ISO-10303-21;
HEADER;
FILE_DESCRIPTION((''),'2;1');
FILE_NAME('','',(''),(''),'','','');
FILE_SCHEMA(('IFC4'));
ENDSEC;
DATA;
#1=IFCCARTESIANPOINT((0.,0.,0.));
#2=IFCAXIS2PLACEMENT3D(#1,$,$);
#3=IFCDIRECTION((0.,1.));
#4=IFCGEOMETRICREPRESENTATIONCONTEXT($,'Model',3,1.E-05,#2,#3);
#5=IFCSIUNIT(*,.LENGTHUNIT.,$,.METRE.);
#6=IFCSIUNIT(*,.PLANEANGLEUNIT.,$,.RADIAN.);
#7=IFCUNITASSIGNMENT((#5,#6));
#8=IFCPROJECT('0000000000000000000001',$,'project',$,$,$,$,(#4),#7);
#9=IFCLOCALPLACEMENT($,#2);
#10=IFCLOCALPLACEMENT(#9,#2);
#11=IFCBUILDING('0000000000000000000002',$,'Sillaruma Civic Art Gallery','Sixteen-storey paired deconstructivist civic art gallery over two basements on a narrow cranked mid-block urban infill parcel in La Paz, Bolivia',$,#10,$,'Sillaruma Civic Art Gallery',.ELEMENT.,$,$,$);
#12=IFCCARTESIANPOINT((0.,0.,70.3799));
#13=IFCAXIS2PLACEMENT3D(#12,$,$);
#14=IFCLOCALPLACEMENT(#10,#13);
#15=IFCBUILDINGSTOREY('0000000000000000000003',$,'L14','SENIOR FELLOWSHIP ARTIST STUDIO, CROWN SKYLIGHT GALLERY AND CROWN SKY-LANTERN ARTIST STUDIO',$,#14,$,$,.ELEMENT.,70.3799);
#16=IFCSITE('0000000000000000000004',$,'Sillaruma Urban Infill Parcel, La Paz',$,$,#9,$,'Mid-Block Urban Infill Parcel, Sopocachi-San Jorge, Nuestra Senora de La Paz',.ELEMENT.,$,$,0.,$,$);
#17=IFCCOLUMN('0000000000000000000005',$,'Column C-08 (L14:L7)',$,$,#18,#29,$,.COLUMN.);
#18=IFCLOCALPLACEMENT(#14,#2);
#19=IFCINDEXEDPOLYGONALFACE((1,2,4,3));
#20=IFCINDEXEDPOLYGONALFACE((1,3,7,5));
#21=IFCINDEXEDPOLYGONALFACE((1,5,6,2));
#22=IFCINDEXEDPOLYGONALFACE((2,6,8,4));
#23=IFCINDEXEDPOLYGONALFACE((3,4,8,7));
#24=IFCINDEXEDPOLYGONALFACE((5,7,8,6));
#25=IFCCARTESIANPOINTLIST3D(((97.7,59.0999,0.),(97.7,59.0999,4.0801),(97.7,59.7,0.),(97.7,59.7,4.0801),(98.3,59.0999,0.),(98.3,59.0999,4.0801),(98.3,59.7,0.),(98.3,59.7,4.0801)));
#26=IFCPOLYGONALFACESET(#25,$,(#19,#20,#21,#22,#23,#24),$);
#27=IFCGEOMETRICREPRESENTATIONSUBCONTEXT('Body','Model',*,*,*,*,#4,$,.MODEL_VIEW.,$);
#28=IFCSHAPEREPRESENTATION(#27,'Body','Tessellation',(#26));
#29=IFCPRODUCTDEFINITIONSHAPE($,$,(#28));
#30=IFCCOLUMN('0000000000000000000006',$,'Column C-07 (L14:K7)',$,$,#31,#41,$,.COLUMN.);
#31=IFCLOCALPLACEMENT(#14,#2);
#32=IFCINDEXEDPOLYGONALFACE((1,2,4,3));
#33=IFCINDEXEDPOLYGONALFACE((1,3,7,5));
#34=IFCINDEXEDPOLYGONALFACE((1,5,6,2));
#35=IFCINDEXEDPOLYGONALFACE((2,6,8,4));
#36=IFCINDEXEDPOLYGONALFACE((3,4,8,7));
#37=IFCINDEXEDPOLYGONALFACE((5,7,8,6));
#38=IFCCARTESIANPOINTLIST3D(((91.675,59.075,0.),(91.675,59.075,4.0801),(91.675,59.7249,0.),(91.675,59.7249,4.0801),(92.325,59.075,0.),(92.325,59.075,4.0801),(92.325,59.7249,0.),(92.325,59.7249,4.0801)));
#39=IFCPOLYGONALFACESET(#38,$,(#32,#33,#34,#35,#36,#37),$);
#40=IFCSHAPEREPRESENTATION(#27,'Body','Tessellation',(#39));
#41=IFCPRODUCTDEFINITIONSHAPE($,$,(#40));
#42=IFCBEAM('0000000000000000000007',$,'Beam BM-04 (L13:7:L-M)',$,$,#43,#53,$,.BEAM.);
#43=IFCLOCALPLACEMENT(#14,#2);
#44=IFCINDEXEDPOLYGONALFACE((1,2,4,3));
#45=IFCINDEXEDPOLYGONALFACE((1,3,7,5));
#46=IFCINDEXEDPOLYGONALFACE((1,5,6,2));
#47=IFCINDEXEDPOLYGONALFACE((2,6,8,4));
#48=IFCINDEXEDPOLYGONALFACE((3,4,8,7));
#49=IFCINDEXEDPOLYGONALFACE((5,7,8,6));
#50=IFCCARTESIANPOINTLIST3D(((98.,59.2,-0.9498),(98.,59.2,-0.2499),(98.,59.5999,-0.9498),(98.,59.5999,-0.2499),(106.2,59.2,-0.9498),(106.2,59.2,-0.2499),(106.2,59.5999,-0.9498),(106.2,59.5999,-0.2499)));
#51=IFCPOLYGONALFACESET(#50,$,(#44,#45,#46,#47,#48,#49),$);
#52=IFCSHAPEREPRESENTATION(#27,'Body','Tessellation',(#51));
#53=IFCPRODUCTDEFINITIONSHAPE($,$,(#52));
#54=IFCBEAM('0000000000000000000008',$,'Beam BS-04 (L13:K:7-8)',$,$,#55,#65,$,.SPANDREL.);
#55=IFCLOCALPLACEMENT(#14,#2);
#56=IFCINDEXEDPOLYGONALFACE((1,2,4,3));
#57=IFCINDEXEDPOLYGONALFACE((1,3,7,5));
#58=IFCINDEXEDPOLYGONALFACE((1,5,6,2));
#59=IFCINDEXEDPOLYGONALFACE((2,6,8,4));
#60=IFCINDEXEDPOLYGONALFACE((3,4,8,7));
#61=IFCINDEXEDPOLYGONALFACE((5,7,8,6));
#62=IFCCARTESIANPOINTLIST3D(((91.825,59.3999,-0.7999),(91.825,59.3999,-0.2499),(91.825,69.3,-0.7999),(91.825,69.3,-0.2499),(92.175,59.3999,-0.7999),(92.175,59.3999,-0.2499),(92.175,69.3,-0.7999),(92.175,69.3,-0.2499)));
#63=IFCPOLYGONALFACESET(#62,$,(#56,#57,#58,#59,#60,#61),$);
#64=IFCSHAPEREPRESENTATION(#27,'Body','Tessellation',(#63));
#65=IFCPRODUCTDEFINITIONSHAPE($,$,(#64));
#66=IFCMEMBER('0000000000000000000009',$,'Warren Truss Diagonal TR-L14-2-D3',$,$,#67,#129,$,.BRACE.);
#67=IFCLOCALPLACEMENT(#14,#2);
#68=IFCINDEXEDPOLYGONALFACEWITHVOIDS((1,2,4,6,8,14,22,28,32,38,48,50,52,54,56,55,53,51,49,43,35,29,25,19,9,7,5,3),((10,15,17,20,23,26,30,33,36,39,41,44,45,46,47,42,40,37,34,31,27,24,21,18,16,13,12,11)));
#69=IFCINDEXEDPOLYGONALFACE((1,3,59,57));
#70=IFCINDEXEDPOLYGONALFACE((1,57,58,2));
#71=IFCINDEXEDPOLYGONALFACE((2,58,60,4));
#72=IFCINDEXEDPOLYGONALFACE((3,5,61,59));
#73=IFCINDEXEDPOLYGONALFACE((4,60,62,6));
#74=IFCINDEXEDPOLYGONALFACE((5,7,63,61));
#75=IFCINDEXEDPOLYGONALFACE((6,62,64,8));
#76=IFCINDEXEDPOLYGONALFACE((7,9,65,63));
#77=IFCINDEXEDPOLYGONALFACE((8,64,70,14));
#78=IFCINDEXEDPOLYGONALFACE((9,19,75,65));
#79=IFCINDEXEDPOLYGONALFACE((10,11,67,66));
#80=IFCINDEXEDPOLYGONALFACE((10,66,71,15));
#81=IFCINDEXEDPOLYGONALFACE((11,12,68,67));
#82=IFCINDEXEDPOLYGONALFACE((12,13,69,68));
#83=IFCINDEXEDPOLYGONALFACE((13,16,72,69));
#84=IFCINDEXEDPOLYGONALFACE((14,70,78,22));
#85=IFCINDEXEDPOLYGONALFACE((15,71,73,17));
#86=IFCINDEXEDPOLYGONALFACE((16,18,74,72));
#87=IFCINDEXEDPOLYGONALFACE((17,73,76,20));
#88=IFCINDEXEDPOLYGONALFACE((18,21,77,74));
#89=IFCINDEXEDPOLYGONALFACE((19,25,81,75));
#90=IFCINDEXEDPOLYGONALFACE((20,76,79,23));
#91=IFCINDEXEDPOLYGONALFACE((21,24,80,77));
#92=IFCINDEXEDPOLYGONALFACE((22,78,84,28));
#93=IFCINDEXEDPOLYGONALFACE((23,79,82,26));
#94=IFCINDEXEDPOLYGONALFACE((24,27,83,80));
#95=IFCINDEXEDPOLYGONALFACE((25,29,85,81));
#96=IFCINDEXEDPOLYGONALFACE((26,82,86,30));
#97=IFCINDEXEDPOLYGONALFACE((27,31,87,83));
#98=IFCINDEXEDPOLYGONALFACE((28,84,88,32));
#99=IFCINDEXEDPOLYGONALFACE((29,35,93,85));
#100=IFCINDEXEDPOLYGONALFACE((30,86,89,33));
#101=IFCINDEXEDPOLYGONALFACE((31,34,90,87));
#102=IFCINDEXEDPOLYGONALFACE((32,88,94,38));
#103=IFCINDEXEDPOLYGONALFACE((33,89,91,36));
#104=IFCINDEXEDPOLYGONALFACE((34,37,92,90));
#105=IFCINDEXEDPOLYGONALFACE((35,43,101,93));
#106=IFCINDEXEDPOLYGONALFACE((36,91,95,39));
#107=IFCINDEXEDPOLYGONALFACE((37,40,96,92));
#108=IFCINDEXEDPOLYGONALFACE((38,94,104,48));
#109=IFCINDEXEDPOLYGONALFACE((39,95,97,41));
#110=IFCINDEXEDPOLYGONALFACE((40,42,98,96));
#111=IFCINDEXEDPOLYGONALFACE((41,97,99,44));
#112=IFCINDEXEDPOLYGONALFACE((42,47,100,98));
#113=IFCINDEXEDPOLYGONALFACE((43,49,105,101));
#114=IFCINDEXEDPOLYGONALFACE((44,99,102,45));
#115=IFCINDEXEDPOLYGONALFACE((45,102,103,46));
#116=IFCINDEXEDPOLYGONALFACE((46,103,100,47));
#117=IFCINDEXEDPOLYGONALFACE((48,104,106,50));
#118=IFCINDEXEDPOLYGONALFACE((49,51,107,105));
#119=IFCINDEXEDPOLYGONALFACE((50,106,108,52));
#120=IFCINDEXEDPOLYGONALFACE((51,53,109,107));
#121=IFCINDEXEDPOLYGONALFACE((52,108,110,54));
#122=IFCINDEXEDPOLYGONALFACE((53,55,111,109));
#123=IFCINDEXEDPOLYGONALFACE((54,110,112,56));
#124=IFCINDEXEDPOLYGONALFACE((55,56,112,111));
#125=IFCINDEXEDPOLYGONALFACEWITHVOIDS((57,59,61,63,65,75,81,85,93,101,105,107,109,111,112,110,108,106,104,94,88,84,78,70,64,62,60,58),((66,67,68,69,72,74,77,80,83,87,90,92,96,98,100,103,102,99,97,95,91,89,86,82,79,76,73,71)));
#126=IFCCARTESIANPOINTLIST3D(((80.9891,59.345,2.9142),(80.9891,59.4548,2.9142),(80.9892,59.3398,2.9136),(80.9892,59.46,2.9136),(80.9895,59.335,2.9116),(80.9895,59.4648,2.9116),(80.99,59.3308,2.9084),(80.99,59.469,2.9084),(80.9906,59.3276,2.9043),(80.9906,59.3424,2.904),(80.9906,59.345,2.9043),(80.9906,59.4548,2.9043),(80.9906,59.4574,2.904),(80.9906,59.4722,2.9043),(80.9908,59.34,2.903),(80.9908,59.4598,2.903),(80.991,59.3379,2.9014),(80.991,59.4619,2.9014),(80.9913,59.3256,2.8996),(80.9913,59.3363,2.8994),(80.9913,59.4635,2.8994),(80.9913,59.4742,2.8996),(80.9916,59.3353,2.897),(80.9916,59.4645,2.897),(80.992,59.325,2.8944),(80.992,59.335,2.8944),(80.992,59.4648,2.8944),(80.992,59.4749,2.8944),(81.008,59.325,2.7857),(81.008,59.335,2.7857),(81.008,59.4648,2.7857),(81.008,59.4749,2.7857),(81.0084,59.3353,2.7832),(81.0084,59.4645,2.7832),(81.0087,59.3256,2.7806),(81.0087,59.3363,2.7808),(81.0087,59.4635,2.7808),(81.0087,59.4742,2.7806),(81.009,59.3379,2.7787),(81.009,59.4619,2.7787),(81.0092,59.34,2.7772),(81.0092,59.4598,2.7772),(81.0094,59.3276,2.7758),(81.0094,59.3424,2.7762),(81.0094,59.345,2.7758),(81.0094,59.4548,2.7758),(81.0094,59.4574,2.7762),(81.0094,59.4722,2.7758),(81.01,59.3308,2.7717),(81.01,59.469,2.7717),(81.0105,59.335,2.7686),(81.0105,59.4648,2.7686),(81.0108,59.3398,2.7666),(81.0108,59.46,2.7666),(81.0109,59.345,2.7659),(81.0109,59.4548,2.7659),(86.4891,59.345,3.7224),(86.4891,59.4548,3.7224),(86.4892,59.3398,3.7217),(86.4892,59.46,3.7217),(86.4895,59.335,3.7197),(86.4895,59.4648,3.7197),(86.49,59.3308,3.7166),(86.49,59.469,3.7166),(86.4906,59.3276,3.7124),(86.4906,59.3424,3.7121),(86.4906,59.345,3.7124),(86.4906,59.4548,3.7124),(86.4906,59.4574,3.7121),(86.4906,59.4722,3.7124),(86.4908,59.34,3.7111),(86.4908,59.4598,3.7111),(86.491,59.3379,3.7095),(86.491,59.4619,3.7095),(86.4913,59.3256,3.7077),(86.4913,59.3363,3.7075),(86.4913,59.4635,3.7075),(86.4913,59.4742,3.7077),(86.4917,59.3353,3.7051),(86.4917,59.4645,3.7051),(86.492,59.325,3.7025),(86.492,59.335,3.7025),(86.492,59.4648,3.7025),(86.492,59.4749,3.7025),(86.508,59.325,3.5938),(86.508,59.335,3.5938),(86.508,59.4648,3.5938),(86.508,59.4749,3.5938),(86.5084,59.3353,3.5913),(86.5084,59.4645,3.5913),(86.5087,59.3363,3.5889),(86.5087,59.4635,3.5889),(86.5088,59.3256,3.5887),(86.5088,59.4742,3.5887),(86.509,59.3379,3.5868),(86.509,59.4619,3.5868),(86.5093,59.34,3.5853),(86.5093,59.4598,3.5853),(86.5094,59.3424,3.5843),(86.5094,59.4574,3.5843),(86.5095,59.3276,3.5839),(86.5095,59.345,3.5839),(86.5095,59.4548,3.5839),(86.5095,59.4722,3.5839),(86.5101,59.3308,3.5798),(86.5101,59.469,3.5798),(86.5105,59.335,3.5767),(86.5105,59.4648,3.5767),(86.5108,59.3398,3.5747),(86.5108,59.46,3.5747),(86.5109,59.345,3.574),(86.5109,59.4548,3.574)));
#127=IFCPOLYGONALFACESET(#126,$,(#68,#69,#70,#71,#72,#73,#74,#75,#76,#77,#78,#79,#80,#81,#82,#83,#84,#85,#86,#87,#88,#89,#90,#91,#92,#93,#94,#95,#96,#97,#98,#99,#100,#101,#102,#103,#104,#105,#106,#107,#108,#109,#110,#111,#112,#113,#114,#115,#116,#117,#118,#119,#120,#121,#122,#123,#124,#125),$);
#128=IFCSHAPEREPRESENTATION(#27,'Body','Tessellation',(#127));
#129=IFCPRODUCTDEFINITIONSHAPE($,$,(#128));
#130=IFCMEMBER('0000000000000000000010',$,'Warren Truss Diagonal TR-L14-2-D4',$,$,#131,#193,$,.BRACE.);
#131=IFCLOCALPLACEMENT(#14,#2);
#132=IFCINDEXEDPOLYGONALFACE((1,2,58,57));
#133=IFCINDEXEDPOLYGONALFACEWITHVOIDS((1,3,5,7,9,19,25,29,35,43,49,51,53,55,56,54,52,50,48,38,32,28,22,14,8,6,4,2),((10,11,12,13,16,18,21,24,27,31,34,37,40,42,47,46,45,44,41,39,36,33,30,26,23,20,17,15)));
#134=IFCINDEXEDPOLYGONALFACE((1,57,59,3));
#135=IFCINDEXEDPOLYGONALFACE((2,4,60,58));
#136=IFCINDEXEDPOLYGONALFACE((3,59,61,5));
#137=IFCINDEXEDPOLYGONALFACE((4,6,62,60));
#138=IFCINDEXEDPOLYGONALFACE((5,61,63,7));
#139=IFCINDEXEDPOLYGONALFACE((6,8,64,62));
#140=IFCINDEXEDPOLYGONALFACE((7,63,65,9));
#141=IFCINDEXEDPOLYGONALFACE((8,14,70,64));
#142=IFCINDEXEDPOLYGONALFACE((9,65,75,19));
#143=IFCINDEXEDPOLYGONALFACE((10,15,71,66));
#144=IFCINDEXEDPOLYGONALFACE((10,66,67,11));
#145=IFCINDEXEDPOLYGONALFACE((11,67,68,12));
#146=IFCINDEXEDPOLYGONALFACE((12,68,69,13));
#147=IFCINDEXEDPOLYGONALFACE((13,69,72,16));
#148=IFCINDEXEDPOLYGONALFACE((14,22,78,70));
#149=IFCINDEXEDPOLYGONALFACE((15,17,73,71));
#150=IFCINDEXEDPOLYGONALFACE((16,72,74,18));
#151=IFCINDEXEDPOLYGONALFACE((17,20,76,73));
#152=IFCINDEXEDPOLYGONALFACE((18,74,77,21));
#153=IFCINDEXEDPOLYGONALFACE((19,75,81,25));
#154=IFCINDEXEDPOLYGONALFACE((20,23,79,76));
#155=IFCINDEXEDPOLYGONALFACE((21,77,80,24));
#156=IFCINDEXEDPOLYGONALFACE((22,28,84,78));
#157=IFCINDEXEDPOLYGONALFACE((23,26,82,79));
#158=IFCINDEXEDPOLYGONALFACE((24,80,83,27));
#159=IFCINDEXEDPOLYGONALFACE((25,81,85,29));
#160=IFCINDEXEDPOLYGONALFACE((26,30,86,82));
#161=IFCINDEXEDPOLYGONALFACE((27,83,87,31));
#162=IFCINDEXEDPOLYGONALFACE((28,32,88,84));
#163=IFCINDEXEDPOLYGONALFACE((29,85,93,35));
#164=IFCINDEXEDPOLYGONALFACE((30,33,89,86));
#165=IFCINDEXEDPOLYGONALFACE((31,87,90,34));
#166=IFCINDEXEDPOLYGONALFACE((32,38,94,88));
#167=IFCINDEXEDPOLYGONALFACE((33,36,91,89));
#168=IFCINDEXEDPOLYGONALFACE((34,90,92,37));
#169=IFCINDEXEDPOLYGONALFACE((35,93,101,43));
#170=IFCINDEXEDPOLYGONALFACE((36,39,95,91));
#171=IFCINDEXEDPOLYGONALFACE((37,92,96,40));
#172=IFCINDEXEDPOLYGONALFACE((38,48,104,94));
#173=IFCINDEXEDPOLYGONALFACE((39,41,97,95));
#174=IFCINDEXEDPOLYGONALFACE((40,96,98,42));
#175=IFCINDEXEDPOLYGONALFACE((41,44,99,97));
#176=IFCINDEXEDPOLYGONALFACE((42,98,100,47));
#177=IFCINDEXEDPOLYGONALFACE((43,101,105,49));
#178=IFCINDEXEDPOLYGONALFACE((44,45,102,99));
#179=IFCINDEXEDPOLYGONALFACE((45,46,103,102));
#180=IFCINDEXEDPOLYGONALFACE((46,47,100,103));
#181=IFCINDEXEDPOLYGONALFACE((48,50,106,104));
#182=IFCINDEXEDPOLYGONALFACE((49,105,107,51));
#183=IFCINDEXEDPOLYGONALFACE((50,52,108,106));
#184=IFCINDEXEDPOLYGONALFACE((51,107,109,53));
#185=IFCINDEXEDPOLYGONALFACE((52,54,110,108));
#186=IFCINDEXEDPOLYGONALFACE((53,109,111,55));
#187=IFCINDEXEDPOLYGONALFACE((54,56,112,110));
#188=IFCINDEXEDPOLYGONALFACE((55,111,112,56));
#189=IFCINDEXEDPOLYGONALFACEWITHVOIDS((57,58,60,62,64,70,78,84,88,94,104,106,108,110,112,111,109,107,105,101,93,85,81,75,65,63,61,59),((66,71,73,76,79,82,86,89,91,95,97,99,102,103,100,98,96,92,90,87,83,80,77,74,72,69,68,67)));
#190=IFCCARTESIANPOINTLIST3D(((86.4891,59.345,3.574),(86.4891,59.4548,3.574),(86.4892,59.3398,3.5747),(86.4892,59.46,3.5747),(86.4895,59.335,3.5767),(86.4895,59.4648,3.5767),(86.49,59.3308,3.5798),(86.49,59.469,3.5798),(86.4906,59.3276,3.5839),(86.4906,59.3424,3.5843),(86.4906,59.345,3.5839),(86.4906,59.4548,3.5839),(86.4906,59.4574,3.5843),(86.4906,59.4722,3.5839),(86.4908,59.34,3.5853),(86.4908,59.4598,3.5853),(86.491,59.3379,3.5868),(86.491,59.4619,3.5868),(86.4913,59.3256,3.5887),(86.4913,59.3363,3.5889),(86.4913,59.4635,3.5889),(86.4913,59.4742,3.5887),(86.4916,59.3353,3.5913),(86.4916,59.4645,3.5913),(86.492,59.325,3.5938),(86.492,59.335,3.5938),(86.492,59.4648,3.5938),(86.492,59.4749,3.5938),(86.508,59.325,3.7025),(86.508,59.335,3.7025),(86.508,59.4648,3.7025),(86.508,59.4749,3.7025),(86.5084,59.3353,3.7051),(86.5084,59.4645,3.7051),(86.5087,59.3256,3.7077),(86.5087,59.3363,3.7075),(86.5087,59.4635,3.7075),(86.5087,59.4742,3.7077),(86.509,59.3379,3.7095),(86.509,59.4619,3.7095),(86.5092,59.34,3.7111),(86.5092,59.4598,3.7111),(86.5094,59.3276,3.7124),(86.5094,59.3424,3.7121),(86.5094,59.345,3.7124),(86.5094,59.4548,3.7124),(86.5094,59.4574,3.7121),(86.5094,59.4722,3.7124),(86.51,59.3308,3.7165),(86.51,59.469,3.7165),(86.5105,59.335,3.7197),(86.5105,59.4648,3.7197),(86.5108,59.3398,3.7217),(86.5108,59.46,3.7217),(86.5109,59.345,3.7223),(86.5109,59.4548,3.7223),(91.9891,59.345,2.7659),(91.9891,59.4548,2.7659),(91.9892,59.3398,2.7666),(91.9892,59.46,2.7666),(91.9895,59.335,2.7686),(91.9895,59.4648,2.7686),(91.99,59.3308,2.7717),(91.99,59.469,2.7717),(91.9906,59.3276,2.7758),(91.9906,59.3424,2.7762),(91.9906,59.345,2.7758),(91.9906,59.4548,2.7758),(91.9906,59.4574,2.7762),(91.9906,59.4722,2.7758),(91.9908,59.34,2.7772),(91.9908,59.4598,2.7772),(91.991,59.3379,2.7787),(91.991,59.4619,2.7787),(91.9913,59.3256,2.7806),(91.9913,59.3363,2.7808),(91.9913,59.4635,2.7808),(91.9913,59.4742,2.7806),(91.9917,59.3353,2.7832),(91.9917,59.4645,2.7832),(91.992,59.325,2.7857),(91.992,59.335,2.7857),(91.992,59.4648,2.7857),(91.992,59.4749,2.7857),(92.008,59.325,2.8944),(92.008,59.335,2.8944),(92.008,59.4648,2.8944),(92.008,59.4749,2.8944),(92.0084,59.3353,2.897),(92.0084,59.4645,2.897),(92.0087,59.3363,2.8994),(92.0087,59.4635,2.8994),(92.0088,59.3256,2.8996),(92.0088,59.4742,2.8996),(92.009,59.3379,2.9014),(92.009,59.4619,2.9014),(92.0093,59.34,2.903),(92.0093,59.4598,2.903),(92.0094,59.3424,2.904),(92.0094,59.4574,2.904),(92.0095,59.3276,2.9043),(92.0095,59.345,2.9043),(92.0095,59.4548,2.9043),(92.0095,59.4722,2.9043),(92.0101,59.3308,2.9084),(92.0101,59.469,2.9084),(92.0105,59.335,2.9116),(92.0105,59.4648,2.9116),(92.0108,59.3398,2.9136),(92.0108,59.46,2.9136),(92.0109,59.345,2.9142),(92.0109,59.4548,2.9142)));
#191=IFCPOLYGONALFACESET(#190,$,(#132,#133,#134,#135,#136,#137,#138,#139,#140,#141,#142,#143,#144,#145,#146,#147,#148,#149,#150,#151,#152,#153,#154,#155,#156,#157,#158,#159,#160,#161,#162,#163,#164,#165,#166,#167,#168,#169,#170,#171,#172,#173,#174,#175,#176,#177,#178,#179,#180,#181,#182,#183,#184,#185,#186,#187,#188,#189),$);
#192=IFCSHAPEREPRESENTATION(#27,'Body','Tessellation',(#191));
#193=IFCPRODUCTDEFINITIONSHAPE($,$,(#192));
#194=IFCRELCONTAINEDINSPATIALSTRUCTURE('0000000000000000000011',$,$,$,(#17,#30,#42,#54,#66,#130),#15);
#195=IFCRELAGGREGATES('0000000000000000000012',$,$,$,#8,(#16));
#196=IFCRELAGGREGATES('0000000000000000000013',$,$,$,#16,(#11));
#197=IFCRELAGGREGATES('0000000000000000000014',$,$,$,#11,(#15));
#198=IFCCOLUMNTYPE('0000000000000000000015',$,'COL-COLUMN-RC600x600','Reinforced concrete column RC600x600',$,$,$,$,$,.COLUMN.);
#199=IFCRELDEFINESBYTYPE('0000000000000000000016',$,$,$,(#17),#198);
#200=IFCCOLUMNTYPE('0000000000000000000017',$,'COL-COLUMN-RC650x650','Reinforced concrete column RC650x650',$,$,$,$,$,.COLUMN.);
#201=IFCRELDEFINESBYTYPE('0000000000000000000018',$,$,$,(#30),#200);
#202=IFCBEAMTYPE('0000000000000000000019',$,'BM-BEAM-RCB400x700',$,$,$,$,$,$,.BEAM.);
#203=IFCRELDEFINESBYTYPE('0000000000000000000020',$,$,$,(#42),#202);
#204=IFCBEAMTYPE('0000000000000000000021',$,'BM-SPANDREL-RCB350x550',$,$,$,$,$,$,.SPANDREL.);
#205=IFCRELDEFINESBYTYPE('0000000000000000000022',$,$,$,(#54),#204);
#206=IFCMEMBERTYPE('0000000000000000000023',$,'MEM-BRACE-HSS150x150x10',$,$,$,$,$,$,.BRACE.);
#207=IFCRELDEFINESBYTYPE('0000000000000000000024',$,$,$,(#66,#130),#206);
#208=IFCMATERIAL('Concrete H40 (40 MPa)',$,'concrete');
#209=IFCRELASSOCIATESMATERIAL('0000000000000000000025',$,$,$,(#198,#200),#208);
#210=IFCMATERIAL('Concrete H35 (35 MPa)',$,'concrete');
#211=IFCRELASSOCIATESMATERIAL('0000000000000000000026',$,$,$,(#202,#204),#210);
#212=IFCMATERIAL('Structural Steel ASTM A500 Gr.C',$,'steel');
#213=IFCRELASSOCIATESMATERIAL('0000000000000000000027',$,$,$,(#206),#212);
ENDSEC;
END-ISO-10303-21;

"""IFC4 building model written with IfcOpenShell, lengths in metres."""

from ifc_helpers import new_model, si_unit, direction, frame, origin, origin_2d, place, context, subcontext, project, spatial, rectangle, hollow_rectangle, extrude, material, material_profile, profile_set, type_object, element, save


model = new_model("IFC4")

# Units and contexts
model_context = context("Model", 3, precision=1e-05, world=origin(), true_north=direction((0.0, 1.0)))
body_context = subcontext(model_context, "Body", "Model", "MODEL_VIEW")
ifc_project = project(units=[si_unit("LENGTHUNIT", "METRE"), si_unit("PLANEANGLEUNIT", "RADIAN")], contexts=[model_context])

# Site, building, storey
site_placement = place(None, origin())
site = spatial("IfcSite", under=ifc_project, at=site_placement, Name="Sillaruma Urban Infill Parcel, La Paz", LongName="Mid-Block Urban Infill Parcel, Sopocachi-San Jorge, Nuestra Senora de La Paz", CompositionType="ELEMENT", RefElevation=0.0)
building_placement = place(site_placement, origin())
building = spatial("IfcBuilding", under=site, at=building_placement, Name="Sillaruma Civic Art Gallery", Description="Sixteen-storey paired deconstructivist civic art gallery over two basements on a narrow cranked mid-block urban infill parcel in La Paz, Bolivia", LongName="Sillaruma Civic Art Gallery", CompositionType="ELEMENT")
storey_placement = place(building_placement, frame((0.0, 0.0, 70.3799)))
storey = spatial("IfcBuildingStorey", under=building, at=storey_placement, Name="L14", Description="SENIOR FELLOWSHIP ARTIST STUDIO, CROWN SKYLIGHT GALLERY AND CROWN SKY-LANTERN ARTIST STUDIO", CompositionType="ELEMENT", Elevation=70.3799)

# Columns
ifc_material_1 = material(Name="Concrete H40 (40 MPa)", Category="concrete")
ifc_material_profile_1 = material_profile(ifc_material_1, rectangle(XDim=0.6001, YDim=0.6001, at=origin_2d()), Name="RC600x600")
ifc_profile_set_1 = profile_set([ifc_material_profile_1], Name="Concrete H40 (40 MPa)")
column_type_1 = type_object("IfcColumnType", Name="COL-COLUMN-RC600x600", Description="Reinforced concrete column RC600x600", PredefinedType="COLUMN", material=ifc_profile_set_1)
column_1_placement = place(storey_placement, frame((98.0, 59.3999, 0.0), z_axis=(0.0, 0.0, 1.0), x_axis=(1.0, 0.0, 0.0)))
element("IfcColumn", 1, at=column_1_placement, inside=storey, type_object=column_type_1, Name="Column C-08 (L14:L7)", PredefinedType="COLUMN", context=body_context, shape_type="SweptSolid", body=[
    extrude(rectangle(XDim=0.6001, YDim=0.6001, at=origin_2d()), origin(), (0.0, 0.0, 1.0), 4.0801),
])
ifc_material_profile_2 = material_profile(ifc_material_1, rectangle(XDim=0.6499, YDim=0.6499, at=origin_2d()), Name="RC650x650")
ifc_profile_set_2 = profile_set([ifc_material_profile_2], Name="Concrete H40 (40 MPa)")
column_type_2 = type_object("IfcColumnType", Name="COL-COLUMN-RC650x650", Description="Reinforced concrete column RC650x650", PredefinedType="COLUMN", material=ifc_profile_set_2)
column_2_placement = place(storey_placement, frame((92.0, 59.3999, 0.0), z_axis=(0.0, 0.0, 1.0), x_axis=(1.0, 0.0, 0.0)))
element("IfcColumn", 2, at=column_2_placement, inside=storey, type_object=column_type_2, Name="Column C-07 (L14:K7)", PredefinedType="COLUMN", context=body_context, shape_type="SweptSolid", body=[
    extrude(rectangle(XDim=0.6499, YDim=0.6499, at=origin_2d()), origin(), (0.0, 0.0, 1.0), 4.0801),
])

# Beams
ifc_material_2 = material(Name="Concrete H35 (35 MPa)", Category="concrete")
ifc_material_profile_3 = material_profile(ifc_material_2, rectangle(XDim=0.3999, YDim=0.7, at=origin_2d()), Name="RCB400x700")
ifc_profile_set_3 = profile_set([ifc_material_profile_3], Name="Concrete H35 (35 MPa)")
beam_type_1 = type_object("IfcBeamType", Name="BM-BEAM-RCB400x700", PredefinedType="BEAM", material=ifc_profile_set_3)
beam_1_placement = place(storey_placement, frame((98.0, 59.3999, -0.5999), z_axis=(1.0, 0.0, 0.0), x_axis=(0.0, 1.0, 0.0)))
element("IfcBeam", 3, at=beam_1_placement, inside=storey, type_object=beam_type_1, Name="Beam BM-04 (L13:7:L-M)", PredefinedType="BEAM", context=body_context, shape_type="SweptSolid", body=[
    extrude(rectangle(XDim=0.3999, YDim=0.7, at=origin_2d()), origin(), (0.0, 0.0, 1.0), 8.2),
])
ifc_material_profile_4 = material_profile(ifc_material_2, rectangle(XDim=0.3501, YDim=0.55, at=origin_2d()), Name="RCB350x550")
ifc_profile_set_4 = profile_set([ifc_material_profile_4], Name="Concrete H35 (35 MPa)")
beam_type_2 = type_object("IfcBeamType", Name="BM-SPANDREL-RCB350x550", PredefinedType="SPANDREL", material=ifc_profile_set_4)
beam_2_placement = place(storey_placement, frame((92.0, 59.3999, -0.5249), z_axis=(0.0, 1.0, 0.0), x_axis=(-1.0, 0.0, 0.0)))
element("IfcBeam", 4, at=beam_2_placement, inside=storey, type_object=beam_type_2, Name="Beam BS-04 (L13:K:7-8)", PredefinedType="SPANDREL", context=body_context, shape_type="SweptSolid", body=[
    extrude(rectangle(XDim=0.3501, YDim=0.55, at=origin_2d()), origin(), (0.0, 0.0, 1.0), 9.9001),
])

# Members
ifc_material_3 = material(Name="Structural Steel ASTM A500 Gr.C", Category="steel")
ifc_material_profile_5 = material_profile(ifc_material_3, hollow_rectangle(XDim=0.1499, YDim=0.1499, WallThickness=0.01, InnerFilletRadius=0.01, OuterFilletRadius=0.02, at=origin_2d()), Name="HSS150x150x10")
ifc_profile_set_5 = profile_set([ifc_material_profile_5], Name="Structural Steel ASTM A500 Gr.C")
member_type_1 = type_object("IfcMemberType", Name="MEM-BRACE-HSS150x150x10", PredefinedType="BRACE", material=ifc_profile_set_5)
for number, where, z_axis, x_axis, name in (
    (5, (81.0, 59.3999, 2.8401), (0.989378, 0.0, 0.145368), (0.0, 1.0, 0.0), "Warren Truss Diagonal TR-L14-2-D3"),
    (6, (86.5, 59.3999, 3.6482), (0.989378, 0.0, -0.145368), (0.0, 1.0, 0.0), "Warren Truss Diagonal TR-L14-2-D4"),
):
    element("IfcMember", number, at=place(storey_placement, frame(where, z_axis=z_axis, x_axis=x_axis)), inside=storey, type_object=member_type_1, Name=name, PredefinedType="BRACE", context=body_context, shape_type="SweptSolid", body=[
        extrude(hollow_rectangle(XDim=0.1499, YDim=0.1499, WallThickness=0.01, InnerFilletRadius=0.01, OuterFilletRadius=0.02, at=origin_2d()), origin(), (0.0, 0.0, 1.0), 5.5591),
    ])

save(model, "model.ifc")
